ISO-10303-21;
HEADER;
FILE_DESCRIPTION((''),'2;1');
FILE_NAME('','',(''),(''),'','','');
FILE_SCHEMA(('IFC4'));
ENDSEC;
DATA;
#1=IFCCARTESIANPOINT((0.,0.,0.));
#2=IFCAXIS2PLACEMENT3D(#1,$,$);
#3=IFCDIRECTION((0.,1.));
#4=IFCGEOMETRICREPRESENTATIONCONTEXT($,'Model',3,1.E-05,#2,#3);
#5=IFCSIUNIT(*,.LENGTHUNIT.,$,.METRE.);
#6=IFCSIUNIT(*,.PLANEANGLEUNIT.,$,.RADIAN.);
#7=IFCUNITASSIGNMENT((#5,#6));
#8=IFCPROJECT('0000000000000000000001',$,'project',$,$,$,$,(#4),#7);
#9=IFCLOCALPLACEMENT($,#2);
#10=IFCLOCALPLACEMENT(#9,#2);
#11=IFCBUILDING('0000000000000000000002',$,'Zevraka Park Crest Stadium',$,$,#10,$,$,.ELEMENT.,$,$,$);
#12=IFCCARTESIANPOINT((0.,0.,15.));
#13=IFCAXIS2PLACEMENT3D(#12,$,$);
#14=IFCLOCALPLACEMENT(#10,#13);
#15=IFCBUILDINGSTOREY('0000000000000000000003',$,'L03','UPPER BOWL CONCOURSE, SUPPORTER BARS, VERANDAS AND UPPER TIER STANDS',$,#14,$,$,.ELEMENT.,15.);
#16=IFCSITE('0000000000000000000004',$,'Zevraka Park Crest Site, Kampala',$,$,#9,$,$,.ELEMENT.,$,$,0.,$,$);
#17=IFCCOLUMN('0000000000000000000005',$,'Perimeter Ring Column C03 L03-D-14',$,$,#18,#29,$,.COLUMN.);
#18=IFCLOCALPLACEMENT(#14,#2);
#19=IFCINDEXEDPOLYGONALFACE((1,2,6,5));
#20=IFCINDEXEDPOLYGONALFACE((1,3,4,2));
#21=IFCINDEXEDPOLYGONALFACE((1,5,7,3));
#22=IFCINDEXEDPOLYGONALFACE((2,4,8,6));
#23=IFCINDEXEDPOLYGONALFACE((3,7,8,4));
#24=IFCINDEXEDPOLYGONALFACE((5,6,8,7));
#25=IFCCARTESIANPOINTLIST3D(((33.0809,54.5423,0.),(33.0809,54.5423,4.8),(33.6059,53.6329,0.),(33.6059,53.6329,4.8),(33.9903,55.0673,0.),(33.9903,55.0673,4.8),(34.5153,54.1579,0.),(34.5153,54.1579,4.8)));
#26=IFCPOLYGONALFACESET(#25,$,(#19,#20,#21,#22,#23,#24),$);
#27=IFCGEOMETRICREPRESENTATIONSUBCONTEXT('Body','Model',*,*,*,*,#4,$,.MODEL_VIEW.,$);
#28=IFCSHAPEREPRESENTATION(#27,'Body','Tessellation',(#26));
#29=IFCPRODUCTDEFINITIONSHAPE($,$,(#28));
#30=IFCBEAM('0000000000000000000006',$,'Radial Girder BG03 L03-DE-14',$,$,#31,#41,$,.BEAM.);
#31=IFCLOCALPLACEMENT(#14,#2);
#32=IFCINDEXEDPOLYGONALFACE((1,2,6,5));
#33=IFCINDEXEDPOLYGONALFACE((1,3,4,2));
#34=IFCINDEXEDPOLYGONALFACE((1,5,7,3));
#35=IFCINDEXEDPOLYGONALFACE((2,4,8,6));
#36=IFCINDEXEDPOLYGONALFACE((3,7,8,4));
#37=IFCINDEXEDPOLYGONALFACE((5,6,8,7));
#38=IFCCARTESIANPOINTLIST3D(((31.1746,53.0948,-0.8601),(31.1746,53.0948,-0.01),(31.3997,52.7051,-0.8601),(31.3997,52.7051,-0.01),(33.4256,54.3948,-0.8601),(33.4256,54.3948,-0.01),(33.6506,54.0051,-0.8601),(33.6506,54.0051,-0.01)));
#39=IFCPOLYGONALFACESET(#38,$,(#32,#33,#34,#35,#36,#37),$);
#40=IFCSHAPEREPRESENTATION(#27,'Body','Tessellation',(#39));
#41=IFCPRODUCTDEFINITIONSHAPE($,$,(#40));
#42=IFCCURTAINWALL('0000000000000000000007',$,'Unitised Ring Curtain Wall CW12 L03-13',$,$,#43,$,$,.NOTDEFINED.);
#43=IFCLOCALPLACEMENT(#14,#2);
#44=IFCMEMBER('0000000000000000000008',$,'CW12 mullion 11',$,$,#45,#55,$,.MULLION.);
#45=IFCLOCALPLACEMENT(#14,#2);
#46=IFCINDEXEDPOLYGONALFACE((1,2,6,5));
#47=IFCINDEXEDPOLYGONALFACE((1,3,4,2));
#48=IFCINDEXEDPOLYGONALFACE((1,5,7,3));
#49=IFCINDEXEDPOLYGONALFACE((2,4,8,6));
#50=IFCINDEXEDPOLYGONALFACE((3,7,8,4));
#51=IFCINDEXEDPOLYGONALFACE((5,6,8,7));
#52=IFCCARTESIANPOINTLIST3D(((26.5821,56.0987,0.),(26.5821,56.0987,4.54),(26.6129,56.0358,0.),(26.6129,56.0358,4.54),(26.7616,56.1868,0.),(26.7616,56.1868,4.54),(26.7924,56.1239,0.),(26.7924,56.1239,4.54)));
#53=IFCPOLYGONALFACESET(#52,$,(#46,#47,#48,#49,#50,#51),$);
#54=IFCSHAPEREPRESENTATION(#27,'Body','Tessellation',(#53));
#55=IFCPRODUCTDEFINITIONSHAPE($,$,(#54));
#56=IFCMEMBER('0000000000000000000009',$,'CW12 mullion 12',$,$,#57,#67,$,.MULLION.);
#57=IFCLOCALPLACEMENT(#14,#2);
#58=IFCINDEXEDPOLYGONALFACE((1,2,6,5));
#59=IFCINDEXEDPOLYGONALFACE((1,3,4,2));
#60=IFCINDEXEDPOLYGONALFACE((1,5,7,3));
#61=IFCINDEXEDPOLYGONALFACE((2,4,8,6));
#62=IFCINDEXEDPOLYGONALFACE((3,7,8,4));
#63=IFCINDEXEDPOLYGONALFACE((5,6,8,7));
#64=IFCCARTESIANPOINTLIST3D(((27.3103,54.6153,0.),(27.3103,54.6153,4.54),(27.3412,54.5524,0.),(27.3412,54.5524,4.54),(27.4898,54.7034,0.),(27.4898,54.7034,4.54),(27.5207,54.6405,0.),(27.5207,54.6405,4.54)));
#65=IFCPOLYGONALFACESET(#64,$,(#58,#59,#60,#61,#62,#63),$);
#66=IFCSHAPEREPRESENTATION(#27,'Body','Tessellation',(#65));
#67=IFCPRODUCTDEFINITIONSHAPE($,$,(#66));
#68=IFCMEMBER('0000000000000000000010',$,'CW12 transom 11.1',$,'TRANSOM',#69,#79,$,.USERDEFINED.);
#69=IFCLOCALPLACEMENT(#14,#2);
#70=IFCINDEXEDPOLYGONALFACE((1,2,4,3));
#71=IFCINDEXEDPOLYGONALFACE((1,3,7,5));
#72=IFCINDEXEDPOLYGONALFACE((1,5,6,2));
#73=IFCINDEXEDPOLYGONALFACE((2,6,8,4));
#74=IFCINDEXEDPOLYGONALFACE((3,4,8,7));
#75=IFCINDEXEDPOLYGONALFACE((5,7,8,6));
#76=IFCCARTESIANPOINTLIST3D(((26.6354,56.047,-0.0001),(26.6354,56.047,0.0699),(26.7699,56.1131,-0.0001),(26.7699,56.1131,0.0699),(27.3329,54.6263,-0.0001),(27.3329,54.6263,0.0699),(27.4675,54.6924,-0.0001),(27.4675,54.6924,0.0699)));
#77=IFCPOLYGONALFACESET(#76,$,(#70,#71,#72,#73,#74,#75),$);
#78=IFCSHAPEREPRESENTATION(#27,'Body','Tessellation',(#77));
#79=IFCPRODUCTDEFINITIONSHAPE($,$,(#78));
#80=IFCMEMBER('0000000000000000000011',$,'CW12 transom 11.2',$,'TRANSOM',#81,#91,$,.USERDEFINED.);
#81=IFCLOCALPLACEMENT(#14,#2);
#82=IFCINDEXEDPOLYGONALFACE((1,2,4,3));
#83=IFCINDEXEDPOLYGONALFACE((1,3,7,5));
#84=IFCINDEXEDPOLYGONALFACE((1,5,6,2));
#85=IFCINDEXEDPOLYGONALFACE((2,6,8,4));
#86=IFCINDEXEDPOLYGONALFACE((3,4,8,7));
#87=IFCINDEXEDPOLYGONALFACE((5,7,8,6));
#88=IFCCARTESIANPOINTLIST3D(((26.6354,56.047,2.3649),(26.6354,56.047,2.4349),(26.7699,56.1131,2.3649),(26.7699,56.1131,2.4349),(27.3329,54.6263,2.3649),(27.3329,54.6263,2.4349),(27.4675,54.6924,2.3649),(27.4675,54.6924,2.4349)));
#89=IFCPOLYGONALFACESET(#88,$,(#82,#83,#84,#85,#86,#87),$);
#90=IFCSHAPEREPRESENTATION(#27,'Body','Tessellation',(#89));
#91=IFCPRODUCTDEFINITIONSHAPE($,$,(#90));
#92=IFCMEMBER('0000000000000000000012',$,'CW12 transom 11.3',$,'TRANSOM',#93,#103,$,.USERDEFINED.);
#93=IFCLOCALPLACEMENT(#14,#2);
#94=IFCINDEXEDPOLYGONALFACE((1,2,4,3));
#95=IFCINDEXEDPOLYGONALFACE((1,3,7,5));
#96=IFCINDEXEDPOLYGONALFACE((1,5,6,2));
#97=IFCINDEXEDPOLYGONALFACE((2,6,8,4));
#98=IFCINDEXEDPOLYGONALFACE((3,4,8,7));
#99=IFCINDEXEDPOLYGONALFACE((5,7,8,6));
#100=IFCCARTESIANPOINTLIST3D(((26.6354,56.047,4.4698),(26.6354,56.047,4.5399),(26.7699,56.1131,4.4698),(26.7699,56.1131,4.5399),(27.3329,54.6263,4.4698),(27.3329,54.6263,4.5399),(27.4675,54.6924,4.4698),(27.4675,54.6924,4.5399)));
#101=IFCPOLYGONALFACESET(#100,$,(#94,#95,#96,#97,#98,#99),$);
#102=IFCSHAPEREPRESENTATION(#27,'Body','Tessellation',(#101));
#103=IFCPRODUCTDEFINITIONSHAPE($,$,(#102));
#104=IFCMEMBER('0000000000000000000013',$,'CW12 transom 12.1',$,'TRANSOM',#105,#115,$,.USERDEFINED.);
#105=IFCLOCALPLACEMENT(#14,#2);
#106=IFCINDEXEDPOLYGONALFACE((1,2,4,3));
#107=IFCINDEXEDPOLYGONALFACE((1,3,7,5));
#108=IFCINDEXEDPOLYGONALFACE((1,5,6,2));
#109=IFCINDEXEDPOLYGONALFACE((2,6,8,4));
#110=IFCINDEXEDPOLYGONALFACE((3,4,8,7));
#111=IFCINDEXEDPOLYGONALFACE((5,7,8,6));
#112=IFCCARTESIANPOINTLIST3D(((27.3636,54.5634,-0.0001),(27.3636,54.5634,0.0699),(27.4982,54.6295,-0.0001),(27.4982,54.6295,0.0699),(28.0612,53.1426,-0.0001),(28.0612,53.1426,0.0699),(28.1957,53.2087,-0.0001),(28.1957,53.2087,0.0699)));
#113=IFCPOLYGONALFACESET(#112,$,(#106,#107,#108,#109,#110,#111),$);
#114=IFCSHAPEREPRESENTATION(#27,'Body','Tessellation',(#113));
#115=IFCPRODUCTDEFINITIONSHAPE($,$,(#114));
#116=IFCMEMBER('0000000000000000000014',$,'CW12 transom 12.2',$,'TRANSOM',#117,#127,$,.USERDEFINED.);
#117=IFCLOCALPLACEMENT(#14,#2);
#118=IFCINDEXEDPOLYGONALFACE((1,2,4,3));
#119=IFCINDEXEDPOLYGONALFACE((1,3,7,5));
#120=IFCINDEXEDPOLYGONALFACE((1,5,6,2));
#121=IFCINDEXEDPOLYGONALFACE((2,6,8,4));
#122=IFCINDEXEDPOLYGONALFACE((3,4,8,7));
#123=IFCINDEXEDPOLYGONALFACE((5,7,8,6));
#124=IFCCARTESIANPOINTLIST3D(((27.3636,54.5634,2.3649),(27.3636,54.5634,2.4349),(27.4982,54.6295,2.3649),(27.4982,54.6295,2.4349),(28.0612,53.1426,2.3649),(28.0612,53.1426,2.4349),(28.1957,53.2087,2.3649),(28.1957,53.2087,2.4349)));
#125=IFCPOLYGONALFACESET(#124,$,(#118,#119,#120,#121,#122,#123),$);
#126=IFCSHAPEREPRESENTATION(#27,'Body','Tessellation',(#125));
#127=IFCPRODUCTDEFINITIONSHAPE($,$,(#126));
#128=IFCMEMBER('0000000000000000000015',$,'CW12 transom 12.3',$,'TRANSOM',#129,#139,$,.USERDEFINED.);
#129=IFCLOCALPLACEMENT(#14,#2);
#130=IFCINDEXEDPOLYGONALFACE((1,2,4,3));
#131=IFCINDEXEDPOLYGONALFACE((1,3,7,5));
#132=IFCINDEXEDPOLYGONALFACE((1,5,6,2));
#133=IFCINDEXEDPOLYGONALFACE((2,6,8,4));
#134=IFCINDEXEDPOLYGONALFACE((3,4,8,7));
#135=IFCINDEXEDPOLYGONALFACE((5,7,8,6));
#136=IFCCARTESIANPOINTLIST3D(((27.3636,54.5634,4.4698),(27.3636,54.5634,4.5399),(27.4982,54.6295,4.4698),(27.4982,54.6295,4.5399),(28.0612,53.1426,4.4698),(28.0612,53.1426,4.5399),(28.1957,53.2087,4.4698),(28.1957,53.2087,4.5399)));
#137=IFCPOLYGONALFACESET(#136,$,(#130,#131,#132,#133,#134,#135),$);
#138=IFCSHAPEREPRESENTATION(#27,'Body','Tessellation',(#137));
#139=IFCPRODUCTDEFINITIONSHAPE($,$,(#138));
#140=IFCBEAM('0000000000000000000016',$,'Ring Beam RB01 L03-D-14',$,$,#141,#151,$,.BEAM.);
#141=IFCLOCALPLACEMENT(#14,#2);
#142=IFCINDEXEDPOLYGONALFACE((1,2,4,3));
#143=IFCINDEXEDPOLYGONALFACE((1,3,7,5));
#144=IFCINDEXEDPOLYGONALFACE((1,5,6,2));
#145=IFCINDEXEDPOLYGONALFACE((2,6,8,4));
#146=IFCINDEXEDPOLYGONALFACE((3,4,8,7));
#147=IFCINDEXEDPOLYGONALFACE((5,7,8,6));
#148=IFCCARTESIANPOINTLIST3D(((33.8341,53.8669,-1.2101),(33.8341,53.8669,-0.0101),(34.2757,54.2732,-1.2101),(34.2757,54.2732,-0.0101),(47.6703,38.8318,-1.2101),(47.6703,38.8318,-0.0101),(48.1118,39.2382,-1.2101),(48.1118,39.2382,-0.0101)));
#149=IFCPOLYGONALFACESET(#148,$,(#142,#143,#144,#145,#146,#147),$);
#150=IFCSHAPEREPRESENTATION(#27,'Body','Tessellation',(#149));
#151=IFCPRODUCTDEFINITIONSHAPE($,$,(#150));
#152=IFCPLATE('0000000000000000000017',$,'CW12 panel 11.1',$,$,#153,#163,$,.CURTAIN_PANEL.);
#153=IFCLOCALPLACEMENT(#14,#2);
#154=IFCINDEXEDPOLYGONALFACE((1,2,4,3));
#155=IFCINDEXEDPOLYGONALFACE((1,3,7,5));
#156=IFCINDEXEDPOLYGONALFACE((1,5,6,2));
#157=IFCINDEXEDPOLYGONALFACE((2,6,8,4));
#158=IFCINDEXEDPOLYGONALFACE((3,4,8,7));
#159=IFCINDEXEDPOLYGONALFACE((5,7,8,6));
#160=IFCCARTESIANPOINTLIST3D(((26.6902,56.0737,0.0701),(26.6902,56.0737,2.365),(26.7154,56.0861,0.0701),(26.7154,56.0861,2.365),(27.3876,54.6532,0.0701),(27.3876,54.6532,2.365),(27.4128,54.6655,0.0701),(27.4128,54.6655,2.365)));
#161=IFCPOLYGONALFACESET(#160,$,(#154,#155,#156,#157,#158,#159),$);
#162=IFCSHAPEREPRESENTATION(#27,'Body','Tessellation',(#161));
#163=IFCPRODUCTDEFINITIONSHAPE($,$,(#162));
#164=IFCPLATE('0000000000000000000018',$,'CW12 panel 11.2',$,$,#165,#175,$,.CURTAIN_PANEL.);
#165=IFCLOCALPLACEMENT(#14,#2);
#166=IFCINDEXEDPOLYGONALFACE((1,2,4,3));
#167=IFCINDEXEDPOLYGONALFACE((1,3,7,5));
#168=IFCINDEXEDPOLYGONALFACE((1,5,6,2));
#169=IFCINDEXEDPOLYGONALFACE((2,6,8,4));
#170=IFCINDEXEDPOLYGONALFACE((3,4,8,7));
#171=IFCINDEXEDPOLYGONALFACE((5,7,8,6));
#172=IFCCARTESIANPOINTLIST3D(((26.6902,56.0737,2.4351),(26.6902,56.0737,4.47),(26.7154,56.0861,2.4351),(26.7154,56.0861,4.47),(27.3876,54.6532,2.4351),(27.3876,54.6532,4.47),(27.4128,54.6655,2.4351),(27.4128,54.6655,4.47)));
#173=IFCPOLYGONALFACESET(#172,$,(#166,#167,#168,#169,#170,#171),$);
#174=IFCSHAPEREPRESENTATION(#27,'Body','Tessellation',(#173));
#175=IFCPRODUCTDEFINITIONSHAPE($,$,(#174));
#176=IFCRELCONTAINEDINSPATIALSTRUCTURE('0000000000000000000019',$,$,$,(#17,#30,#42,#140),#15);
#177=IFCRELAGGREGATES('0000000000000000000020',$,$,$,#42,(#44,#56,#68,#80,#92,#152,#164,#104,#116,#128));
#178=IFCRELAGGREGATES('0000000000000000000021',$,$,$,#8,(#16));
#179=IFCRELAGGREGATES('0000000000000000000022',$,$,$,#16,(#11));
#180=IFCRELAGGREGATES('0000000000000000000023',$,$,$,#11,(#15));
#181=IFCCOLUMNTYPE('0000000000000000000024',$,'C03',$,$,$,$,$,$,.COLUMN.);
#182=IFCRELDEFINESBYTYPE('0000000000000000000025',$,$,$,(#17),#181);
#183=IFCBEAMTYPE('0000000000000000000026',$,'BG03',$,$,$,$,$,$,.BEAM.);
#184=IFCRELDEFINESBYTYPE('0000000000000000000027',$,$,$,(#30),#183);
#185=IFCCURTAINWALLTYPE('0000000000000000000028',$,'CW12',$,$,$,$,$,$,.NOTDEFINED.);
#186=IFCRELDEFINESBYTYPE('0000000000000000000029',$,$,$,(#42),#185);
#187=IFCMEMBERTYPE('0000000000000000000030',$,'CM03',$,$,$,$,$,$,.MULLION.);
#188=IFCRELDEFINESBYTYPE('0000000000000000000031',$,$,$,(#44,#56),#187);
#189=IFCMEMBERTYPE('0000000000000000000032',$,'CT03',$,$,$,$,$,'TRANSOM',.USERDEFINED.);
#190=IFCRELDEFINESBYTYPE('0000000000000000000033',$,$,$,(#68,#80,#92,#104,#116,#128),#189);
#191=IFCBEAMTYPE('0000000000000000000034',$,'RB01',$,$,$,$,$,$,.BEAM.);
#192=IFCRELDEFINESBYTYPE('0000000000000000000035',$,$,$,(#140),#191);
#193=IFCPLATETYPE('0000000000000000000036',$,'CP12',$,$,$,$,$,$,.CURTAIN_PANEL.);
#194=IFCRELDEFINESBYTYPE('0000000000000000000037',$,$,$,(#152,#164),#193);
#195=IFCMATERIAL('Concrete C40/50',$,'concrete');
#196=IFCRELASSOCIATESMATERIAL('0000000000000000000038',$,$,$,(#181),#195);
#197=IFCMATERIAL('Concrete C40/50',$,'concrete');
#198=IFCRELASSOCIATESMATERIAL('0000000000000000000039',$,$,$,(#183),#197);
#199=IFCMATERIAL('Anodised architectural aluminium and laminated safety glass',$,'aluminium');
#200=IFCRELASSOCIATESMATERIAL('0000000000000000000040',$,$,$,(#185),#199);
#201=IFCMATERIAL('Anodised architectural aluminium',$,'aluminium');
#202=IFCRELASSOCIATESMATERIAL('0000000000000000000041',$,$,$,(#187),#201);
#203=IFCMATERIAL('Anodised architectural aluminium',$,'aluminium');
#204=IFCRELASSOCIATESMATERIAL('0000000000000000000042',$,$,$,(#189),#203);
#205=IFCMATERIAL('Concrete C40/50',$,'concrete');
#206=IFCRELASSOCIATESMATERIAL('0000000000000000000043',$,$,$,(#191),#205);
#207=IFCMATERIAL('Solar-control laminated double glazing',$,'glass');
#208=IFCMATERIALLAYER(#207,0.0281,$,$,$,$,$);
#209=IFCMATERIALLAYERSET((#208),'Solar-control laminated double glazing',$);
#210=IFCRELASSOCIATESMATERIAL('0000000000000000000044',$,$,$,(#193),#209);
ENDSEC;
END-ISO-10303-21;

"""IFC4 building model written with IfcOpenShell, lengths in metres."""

from ifc_helpers import new_model, si_unit, direction, frame, origin, origin_2d, place, context, subcontext, project, spatial, rectangle, extrude, material, layer, layer_set, material_profile, profile_set, type_object, element, aggregate, save


model = new_model("IFC4")

# Units and contexts
model_context = context("Model", 3, precision=1e-05, world=origin(), true_north=direction((0.0, 1.0)))
body_context = subcontext(model_context, "Body", "Model", "MODEL_VIEW")
ifc_project = project(units=[si_unit("LENGTHUNIT", "METRE"), si_unit("PLANEANGLEUNIT", "RADIAN")], contexts=[model_context])

# Site, building, storey
site_placement = place(None, origin())
site = spatial("IfcSite", under=ifc_project, at=site_placement, Name="Zevraka Park Crest Site, Kampala", CompositionType="ELEMENT", RefElevation=0.0)
building_placement = place(site_placement, origin())
building = spatial("IfcBuilding", under=site, at=building_placement, Name="Zevraka Park Crest Stadium", CompositionType="ELEMENT")
storey_placement = place(building_placement, frame((0.0, 0.0, 15.0)))
storey = spatial("IfcBuildingStorey", under=building, at=storey_placement, Name="L03", Description="UPPER BOWL CONCOURSE, SUPPORTER BARS, VERANDAS AND UPPER TIER STANDS", CompositionType="ELEMENT", Elevation=15.0)

# Column
ifc_material_1 = material(Name="Concrete C40/50", Category="concrete")
ifc_material_profile_1 = material_profile(ifc_material_1, rectangle(XDim=1.05, YDim=1.05, at=origin_2d()), Name="RC 1050x1050")
ifc_profile_set_1 = profile_set([ifc_material_profile_1], Name="Concrete C40/50")
column_type = type_object("IfcColumnType", Name="C03", PredefinedType="COLUMN", material=ifc_profile_set_1)
column_placement = place(storey_placement, frame((33.7981, 54.3501, 0.0), z_axis=(0.0, 0.0, 1.0), x_axis=(0.866025, 0.5, 0.0)))
element("IfcColumn", 1, at=column_placement, inside=storey, type_object=column_type, Name="Perimeter Ring Column C03 L03-D-14", PredefinedType="COLUMN", context=body_context, shape_type="SweptSolid", body=[
    extrude(rectangle(XDim=1.05, YDim=1.05, at=origin_2d()), origin(), (0.0, 0.0, 1.0), 4.8),
])

# Beam
ifc_material_2 = material(Name="Concrete C40/50", Category="concrete")
ifc_material_profile_2 = material_profile(ifc_material_2, rectangle(XDim=0.45, YDim=0.8501, at=origin_2d()), Name="RC 850x450")
ifc_profile_set_2 = profile_set([ifc_material_profile_2], Name="Concrete C40/50")
beam_type_1 = type_object("IfcBeamType", Name="BG03", PredefinedType="BEAM", material=ifc_profile_set_2)
beam_1_placement = place(storey_placement, frame((33.5381, 54.2, -0.4351), z_axis=(-0.865951, -0.500129, 0.0), x_axis=(0.500129, -0.865951, 0.0)))
element("IfcBeam", 2, at=beam_1_placement, inside=storey, type_object=beam_type_1, Name="Radial Girder BG03 L03-DE-14", PredefinedType="BEAM", context=body_context, shape_type="SweptSolid", body=[
    extrude(rectangle(XDim=0.45, YDim=0.8501, at=origin_2d()), origin(), (0.0, 0.0, 1.0), 2.5994),
])

# Curtain wall, members
ifc_material_3 = material(Name="Anodised architectural aluminium and laminated safety glass", Category="aluminium")
curtain_wall_type = type_object("IfcCurtainWallType", Name="CW12", PredefinedType="NOTDEFINED", material=ifc_material_3)
curtain_wall_placement = place(storey_placement, origin())
curtain_wall = element("IfcCurtainWall", 3, at=curtain_wall_placement, inside=storey, type_object=curtain_wall_type, Name="Unitised Ring Curtain Wall CW12 L03-13", PredefinedType="NOTDEFINED")
ifc_material_4 = material(Name="Anodised architectural aluminium", Category="aluminium")
ifc_material_profile_3 = material_profile(ifc_material_4, rectangle(XDim=0.2, YDim=0.0701, at=origin_2d()), Name="ALU MULLION 200x70")
ifc_profile_set_3 = profile_set([ifc_material_profile_3], Name="Anodised architectural aluminium")
member_type_1 = type_object("IfcMemberType", Name="CM03", PredefinedType="MULLION", material=ifc_profile_set_3)
member_1_placement = place(storey_placement, frame((26.6873, 56.1113, 0.0), z_axis=(0.0, 0.0, 1.0), x_axis=(0.897671, 0.440666, 0.0)))
member_1 = element("IfcMember", 4, at=member_1_placement, type_object=member_type_1, Name="CW12 mullion 11", PredefinedType="MULLION", context=body_context, shape_type="SweptSolid", body=[
    extrude(rectangle(XDim=0.2, YDim=0.0701, at=origin_2d()), origin(), (0.0, 0.0, 1.0), 4.54),
])
member_2_placement = place(storey_placement, frame((27.4155, 54.6279, 0.0), z_axis=(0.0, 0.0, 1.0), x_axis=(0.897671, 0.440666, 0.0)))
member_2 = element("IfcMember", 5, at=member_2_placement, type_object=member_type_1, Name="CW12 mullion 12", PredefinedType="MULLION", context=body_context, shape_type="SweptSolid", body=[
    extrude(rectangle(XDim=0.2, YDim=0.0701, at=origin_2d()), origin(), (0.0, 0.0, 1.0), 4.54),
])
ifc_material_5 = material(Name="Anodised architectural aluminium", Category="aluminium")
ifc_material_profile_4 = material_profile(ifc_material_5, rectangle(XDim=0.1499, YDim=0.0701, at=origin_2d()), Name="ALU TRANSOM 150x70")
ifc_profile_set_4 = profile_set([ifc_material_profile_4], Name="Anodised architectural aluminium")
member_type_2 = type_object("IfcMemberType", Name="CT03", ElementType="TRANSOM", PredefinedType="USERDEFINED", material=ifc_profile_set_4)
member_3_placement = place(storey_placement, frame((26.7026, 56.0801, 0.0349), z_axis=(0.440723, -0.897643, 0.0), x_axis=(0.897643, 0.440723, 0.0)))
member_3 = element("IfcMember", 6, at=member_3_placement, type_object=member_type_2, Name="CW12 transom 11.1", ObjectType="TRANSOM", PredefinedType="USERDEFINED", context=body_context, shape_type="SweptSolid", body=[
    extrude(rectangle(XDim=0.1499, YDim=0.0701, at=origin_2d()), origin(), (0.0, 0.0, 1.0), 1.5828),
])
member_4_placement = place(storey_placement, frame((26.7026, 56.0801, 2.3999), z_axis=(0.440723, -0.897643, 0.0), x_axis=(0.897643, 0.440723, 0.0)))
member_4 = element("IfcMember", 7, at=member_4_placement, type_object=member_type_2, Name="CW12 transom 11.2", ObjectType="TRANSOM", PredefinedType="USERDEFINED", context=body_context, shape_type="SweptSolid", body=[
    extrude(rectangle(XDim=0.1499, YDim=0.0701, at=origin_2d()), origin(), (0.0, 0.0, 1.0), 1.5828),
])
member_5_placement = place(storey_placement, frame((26.7026, 56.0801, 4.5049), z_axis=(0.440723, -0.897643, 0.0), x_axis=(0.897643, 0.440723, 0.0)))
member_5 = element("IfcMember", 8, at=member_5_placement, type_object=member_type_2, Name="CW12 transom 11.3", ObjectType="TRANSOM", PredefinedType="USERDEFINED", context=body_context, shape_type="SweptSolid", body=[
    extrude(rectangle(XDim=0.1499, YDim=0.0701, at=origin_2d()), origin(), (0.0, 0.0, 1.0), 1.5828),
])
member_6_placement = place(storey_placement, frame((27.4309, 54.5964, 0.0349), z_axis=(0.440723, -0.897643, 0.0), x_axis=(0.897643, 0.440723, 0.0)))
member_6 = element("IfcMember", 9, at=member_6_placement, type_object=member_type_2, Name="CW12 transom 12.1", ObjectType="TRANSOM", PredefinedType="USERDEFINED", context=body_context, shape_type="SweptSolid", body=[
    extrude(rectangle(XDim=0.1499, YDim=0.0701, at=origin_2d()), origin(), (0.0, 0.0, 1.0), 1.5828),
])
member_7_placement = place(storey_placement, frame((27.4309, 54.5964, 2.3999), z_axis=(0.440723, -0.897643, 0.0), x_axis=(0.897643, 0.440723, 0.0)))
member_7 = element("IfcMember", 10, at=member_7_placement, type_object=member_type_2, Name="CW12 transom 12.2", ObjectType="TRANSOM", PredefinedType="USERDEFINED", context=body_context, shape_type="SweptSolid", body=[
    extrude(rectangle(XDim=0.1499, YDim=0.0701, at=origin_2d()), origin(), (0.0, 0.0, 1.0), 1.5828),
])
member_8_placement = place(storey_placement, frame((27.4309, 54.5964, 4.5049), z_axis=(0.440723, -0.897643, 0.0), x_axis=(0.897643, 0.440723, 0.0)))
member_8 = element("IfcMember", 11, at=member_8_placement, type_object=member_type_2, Name="CW12 transom 12.3", ObjectType="TRANSOM", PredefinedType="USERDEFINED", context=body_context, shape_type="SweptSolid", body=[
    extrude(rectangle(XDim=0.1499, YDim=0.0701, at=origin_2d()), origin(), (0.0, 0.0, 1.0), 1.5828),
])

# Beam
ifc_material_6 = material(Name="Concrete C40/50", Category="concrete")
ifc_material_profile_5 = material_profile(ifc_material_6, rectangle(XDim=0.6001, YDim=1.2, at=origin_2d()), Name="RC 1200x600")
ifc_profile_set_5 = profile_set([ifc_material_profile_5], Name="Concrete C40/50")
beam_type_2 = type_object("IfcBeamType", Name="RB01", PredefinedType="BEAM", material=ifc_profile_set_5)
beam_2_placement = place(storey_placement, frame((34.0549, 54.0701, -0.6101), z_axis=(0.677158, -0.735837, 0.0), x_axis=(0.735837, 0.677158, 0.0)))
element("IfcBeam", 12, at=beam_2_placement, inside=storey, type_object=beam_type_2, Name="Ring Beam RB01 L03-D-14", PredefinedType="BEAM", context=body_context, shape_type="SweptSolid", body=[
    extrude(rectangle(XDim=0.6001, YDim=1.2, at=origin_2d()), origin(), (0.0, 0.0, 1.0), 20.4326),
])

# Plates
ifc_material_7 = material(Name="Solar-control laminated double glazing", Category="glass")
ifc_layer_1 = layer(ifc_material_7, 0.0281)
ifc_layer_set_1 = layer_set([ifc_layer_1], Name="Solar-control laminated double glazing")
plate_type = type_object("IfcPlateType", Name="CP12", PredefinedType="CURTAIN_PANEL", material=ifc_layer_set_1)
plate_1_placement = place(storey_placement, frame((27.0515, 55.3696, 0.0701), z_axis=(0.0, 0.0, 1.0), x_axis=(0.440666, -0.897671, 0.0)))
plate_1 = element("IfcPlate", 13, at=plate_1_placement, type_object=plate_type, Name="CW12 panel 11.1", PredefinedType="CURTAIN_PANEL", context=body_context, shape_type="SweptSolid", body=[
    extrude(rectangle(XDim=1.5825, YDim=0.0281, at=origin_2d()), origin(), (0.0, 0.0, 1.0), 2.2949),
])
plate_2_placement = place(storey_placement, frame((27.0515, 55.3696, 2.4351), z_axis=(0.0, 0.0, 1.0), x_axis=(0.440666, -0.897671, 0.0)))
plate_2 = element("IfcPlate", 14, at=plate_2_placement, type_object=plate_type, Name="CW12 panel 11.2", PredefinedType="CURTAIN_PANEL", context=body_context, shape_type="SweptSolid", body=[
    extrude(rectangle(XDim=1.5825, YDim=0.0281, at=origin_2d()), origin(), (0.0, 0.0, 1.0), 2.0349),
])
aggregate(curtain_wall, [member_1, member_2, member_3, member_4, member_5, plate_1, plate_2, member_6, member_7, member_8])

save(model, "model.ifc")
